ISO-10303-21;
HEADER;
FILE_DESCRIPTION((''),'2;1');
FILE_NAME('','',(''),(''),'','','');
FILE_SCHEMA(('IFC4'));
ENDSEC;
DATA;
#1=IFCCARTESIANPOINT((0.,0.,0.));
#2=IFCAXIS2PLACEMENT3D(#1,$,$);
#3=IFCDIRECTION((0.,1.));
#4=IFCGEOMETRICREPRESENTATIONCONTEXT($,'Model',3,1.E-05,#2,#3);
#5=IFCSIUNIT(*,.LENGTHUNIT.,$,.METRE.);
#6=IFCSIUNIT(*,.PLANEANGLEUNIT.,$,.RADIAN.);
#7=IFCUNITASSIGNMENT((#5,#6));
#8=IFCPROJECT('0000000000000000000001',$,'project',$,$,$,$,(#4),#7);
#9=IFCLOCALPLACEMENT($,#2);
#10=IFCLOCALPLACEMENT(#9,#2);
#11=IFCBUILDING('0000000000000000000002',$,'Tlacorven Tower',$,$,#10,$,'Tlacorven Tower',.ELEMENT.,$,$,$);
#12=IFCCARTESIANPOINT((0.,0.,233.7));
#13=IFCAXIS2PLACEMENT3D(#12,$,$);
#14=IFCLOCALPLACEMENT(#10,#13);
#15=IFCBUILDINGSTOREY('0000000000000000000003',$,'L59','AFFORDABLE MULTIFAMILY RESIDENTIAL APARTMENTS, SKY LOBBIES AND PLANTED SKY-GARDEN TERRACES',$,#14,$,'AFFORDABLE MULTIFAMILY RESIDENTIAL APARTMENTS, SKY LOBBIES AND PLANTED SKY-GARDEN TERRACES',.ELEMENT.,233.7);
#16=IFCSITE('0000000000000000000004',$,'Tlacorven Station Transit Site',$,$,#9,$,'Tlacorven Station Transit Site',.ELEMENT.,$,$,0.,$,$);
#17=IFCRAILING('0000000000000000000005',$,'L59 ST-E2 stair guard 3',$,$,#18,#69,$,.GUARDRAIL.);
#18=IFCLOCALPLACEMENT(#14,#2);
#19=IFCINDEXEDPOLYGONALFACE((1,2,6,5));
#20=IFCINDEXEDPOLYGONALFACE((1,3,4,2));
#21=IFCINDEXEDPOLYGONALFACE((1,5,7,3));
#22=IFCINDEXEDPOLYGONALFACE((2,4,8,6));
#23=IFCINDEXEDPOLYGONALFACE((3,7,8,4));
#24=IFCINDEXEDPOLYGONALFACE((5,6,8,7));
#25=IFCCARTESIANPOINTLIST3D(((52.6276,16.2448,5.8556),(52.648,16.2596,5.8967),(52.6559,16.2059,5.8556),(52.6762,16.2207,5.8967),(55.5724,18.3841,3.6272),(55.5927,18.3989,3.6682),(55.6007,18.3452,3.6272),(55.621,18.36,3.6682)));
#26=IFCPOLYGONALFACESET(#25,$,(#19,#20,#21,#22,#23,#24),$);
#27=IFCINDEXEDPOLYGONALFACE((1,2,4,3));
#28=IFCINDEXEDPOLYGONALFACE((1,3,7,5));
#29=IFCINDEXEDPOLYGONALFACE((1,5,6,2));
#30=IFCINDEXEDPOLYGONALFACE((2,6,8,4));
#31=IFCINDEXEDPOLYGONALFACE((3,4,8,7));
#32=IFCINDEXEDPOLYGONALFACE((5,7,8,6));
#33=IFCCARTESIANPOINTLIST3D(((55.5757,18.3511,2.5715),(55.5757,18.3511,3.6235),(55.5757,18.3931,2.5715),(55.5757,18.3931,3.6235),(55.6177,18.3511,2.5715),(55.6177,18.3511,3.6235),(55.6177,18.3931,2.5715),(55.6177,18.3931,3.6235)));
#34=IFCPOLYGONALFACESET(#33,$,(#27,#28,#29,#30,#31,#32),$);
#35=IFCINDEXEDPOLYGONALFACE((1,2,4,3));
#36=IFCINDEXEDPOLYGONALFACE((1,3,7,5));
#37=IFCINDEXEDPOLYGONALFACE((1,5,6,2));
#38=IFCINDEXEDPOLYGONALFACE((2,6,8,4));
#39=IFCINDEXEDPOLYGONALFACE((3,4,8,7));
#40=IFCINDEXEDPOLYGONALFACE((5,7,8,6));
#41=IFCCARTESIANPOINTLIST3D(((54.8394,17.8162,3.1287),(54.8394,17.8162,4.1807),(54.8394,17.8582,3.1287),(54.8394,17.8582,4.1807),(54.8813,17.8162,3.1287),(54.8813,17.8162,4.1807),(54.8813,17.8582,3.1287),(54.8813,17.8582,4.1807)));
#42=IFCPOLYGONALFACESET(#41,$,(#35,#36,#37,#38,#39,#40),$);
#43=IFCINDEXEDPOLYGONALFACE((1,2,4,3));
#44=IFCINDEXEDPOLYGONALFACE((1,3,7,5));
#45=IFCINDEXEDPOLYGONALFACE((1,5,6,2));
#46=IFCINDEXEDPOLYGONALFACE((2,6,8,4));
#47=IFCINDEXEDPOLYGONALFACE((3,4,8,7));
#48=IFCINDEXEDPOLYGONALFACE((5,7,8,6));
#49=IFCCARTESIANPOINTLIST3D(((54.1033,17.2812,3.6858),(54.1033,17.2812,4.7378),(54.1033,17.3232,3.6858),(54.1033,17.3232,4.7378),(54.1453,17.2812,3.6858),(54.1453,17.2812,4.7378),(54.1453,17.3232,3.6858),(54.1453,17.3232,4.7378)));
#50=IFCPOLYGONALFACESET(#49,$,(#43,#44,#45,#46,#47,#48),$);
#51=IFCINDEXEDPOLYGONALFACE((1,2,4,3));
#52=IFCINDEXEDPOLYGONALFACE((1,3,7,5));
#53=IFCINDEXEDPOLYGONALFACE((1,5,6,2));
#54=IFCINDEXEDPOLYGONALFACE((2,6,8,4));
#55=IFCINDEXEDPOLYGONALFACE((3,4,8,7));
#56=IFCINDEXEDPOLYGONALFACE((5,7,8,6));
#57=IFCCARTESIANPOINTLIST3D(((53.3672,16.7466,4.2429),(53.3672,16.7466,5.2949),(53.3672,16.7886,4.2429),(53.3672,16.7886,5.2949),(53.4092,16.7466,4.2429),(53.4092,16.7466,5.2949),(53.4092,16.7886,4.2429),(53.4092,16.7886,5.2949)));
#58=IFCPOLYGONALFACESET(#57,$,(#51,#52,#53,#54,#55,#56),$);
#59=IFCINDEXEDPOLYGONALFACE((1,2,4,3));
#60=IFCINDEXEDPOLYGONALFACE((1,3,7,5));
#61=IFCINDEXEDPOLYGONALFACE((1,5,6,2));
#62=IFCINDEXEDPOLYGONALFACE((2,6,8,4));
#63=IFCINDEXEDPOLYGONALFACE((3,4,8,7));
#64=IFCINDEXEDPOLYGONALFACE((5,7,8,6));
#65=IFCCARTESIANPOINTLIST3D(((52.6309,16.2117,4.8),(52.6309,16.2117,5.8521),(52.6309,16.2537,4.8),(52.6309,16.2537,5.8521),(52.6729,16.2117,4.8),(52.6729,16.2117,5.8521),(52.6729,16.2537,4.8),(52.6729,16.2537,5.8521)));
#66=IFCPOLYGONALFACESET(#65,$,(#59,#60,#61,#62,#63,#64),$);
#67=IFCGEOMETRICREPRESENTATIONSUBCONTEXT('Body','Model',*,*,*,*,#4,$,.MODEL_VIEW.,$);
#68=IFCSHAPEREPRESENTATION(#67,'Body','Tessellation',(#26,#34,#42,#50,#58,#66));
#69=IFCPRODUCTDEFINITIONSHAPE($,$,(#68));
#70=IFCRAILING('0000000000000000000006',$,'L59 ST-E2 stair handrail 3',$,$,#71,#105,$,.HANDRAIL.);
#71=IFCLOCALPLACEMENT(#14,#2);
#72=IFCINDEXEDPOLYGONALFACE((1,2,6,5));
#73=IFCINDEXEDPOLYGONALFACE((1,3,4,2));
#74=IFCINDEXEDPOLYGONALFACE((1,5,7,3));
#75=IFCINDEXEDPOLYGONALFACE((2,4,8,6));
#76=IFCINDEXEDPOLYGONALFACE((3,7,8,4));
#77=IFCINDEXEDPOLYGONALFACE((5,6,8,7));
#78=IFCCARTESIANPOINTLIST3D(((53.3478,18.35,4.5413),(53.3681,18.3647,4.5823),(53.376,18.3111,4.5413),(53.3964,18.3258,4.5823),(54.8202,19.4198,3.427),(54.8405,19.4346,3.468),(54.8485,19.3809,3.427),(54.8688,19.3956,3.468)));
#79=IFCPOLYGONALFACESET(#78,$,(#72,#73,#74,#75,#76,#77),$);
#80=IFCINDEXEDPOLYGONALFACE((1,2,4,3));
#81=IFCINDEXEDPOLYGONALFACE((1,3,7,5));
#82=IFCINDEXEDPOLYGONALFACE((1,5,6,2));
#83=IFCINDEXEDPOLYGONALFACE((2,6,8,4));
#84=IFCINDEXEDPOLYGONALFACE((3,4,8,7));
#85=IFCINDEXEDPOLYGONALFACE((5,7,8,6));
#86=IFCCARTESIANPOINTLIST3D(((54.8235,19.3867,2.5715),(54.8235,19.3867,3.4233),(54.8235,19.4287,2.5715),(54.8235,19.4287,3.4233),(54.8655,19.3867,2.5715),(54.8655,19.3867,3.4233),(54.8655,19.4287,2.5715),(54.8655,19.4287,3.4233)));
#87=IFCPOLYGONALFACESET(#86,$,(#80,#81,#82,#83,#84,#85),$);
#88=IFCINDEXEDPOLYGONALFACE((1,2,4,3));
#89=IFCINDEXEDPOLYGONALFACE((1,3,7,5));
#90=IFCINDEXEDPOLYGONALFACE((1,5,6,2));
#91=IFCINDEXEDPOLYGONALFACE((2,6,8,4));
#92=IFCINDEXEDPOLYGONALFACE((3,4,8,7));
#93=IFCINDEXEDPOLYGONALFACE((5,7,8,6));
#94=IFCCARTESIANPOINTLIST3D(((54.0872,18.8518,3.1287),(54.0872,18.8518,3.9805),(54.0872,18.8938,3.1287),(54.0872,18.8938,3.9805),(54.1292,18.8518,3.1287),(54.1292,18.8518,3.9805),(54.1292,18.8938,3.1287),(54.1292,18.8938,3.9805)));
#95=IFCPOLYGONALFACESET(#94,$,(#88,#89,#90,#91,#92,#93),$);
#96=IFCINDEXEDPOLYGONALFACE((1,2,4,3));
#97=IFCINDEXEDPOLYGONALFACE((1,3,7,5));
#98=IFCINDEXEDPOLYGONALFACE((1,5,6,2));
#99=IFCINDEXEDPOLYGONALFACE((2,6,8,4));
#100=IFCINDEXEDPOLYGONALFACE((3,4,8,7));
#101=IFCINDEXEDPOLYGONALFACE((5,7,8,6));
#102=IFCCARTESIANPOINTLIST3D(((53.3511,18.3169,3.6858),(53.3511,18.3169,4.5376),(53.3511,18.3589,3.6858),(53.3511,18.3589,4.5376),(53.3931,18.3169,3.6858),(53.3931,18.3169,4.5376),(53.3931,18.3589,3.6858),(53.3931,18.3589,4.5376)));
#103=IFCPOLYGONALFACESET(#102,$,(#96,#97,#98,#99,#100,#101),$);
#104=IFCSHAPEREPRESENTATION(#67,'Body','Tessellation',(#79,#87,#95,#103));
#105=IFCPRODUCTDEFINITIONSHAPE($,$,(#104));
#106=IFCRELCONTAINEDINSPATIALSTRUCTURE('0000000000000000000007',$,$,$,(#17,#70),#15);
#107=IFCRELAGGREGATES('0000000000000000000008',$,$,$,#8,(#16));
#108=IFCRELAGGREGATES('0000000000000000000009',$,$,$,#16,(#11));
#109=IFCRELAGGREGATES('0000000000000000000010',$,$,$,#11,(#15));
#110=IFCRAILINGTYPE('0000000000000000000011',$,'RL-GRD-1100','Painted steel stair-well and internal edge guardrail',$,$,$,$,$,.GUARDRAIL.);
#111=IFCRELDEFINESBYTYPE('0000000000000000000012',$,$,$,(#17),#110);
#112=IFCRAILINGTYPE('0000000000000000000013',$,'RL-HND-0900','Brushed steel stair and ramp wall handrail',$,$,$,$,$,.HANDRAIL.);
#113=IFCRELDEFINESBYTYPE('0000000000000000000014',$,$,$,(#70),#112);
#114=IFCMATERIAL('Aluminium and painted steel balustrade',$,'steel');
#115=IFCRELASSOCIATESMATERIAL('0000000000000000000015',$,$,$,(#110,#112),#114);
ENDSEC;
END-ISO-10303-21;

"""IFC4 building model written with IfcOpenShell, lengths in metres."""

from ifc_helpers import new_model, si_unit, direction, frame, origin, origin_2d, place, context, subcontext, project, spatial, rectangle, extrude, source, transform, mapped, material, type_object, element, save


model = new_model("IFC4")

# Units and contexts
model_context = context("Model", 3, precision=1e-05, world=origin(), true_north=direction((0.0, 1.0)))
body_context = subcontext(model_context, "Body", "Model", "MODEL_VIEW")
ifc_project = project(units=[si_unit("LENGTHUNIT", "METRE"), si_unit("PLANEANGLEUNIT", "RADIAN")], contexts=[model_context])

# Site, building, storey
site_placement = place(None, origin())
site = spatial("IfcSite", under=ifc_project, at=site_placement, Name="Tlacorven Station Transit Site", LongName="Tlacorven Station Transit Site", CompositionType="ELEMENT", RefElevation=0.0)
building_placement = place(site_placement, origin())
building = spatial("IfcBuilding", under=site, at=building_placement, Name="Tlacorven Tower", LongName="Tlacorven Tower", CompositionType="ELEMENT")
storey_placement = place(building_placement, frame((0.0, 0.0, 233.7)))
storey = spatial("IfcBuildingStorey", under=building, at=storey_placement, Name="L59", Description="AFFORDABLE MULTIFAMILY RESIDENTIAL APARTMENTS, SKY LOBBIES AND PLANTED SKY-GARDEN TERRACES", LongName="AFFORDABLE MULTIFAMILY RESIDENTIAL APARTMENTS, SKY LOBBIES AND PLANTED SKY-GARDEN TERRACES", CompositionType="ELEMENT", Elevation=233.7)

# Railings
ifc_material_1 = material(Name="Aluminium and painted steel balustrade", Category="steel")
railing_type_1 = type_object("IfcRailingType", Name="RL-GRD-1100", Description="Painted steel stair-well and internal edge guardrail", PredefinedType="GUARDRAIL", material=ifc_material_1)
shared_shape_1 = source(origin(), body_context, "Body", "SweptSolid", [
    extrude(rectangle(XDim=0.0481, YDim=0.0481, at=origin_2d()), frame((0.0, 0.0, 1.0762), z_axis=(-0.689987, -0.501273, 0.522152), x_axis=(0.587761, -0.809035, 0.0)), (0.0, 0.0, 1.0), 4.2678),
    extrude(rectangle(XDim=0.042, YDim=0.042, at=origin_2d()), origin(), (0.0, 0.0, 1.0), 1.052),
    extrude(rectangle(XDim=0.042, YDim=0.042, at=origin_2d()), frame((-0.7363, -0.5349, 0.5571)), (0.0, 0.0, 1.0), 1.052),
    extrude(rectangle(XDim=0.042, YDim=0.042, at=origin_2d()), frame((-1.4724, -1.0698, 1.1143)), (0.0, 0.0, 1.0), 1.052),
    extrude(rectangle(XDim=0.042, YDim=0.042, at=origin_2d()), frame((-2.2085, -1.6045, 1.6714)), (0.0, 0.0, 1.0), 1.052),
    extrude(rectangle(XDim=0.042, YDim=0.042, at=origin_2d()), frame((-2.9448, -2.1394, 2.2285)), (0.0, 0.0, 1.0), 1.052),
])
railing_1_placement = place(storey_placement, frame((55.5967, 18.3721, 2.5715)))
element("IfcRailing", 1, at=railing_1_placement, inside=storey, type_object=railing_type_1, Name="L59 ST-E2 stair guard 3", PredefinedType="GUARDRAIL", context=body_context, shape_type="MappedRepresentation", body=[
    mapped(shared_shape_1, transform((0.0, 0.0, 0.0), scale=1.0)),
])
railing_type_2 = type_object("IfcRailingType", Name="RL-HND-0900", Description="Brushed steel stair and ramp wall handrail", PredefinedType="HANDRAIL", material=ifc_material_1)
shared_shape_2 = source(origin(), body_context, "Body", "SweptSolid", [
    extrude(rectangle(XDim=0.0481, YDim=0.0481, at=origin_2d()), frame((0.0, 0.0, 0.876), z_axis=(-0.689967, -0.501316, 0.522137), x_axis=(0.587805, -0.809003, 0.0)), (0.0, 0.0, 1.0), 2.134),
    extrude(rectangle(XDim=0.042, YDim=0.042, at=origin_2d()), origin(), (0.0, 0.0, 1.0), 0.8518),
    extrude(rectangle(XDim=0.042, YDim=0.042, at=origin_2d()), frame((-0.7363, -0.5349, 0.5571)), (0.0, 0.0, 1.0), 0.8518),
    extrude(rectangle(XDim=0.042, YDim=0.042, at=origin_2d()), frame((-1.4724, -1.0698, 1.1143)), (0.0, 0.0, 1.0), 0.8518),
])
railing_2_placement = place(storey_placement, frame((54.8445, 19.4077, 2.5715)))
element("IfcRailing", 2, at=railing_2_placement, inside=storey, type_object=railing_type_2, Name="L59 ST-E2 stair handrail 3", PredefinedType="HANDRAIL", context=body_context, shape_type="MappedRepresentation", body=[
    mapped(shared_shape_2, transform((0.0, 0.0, 0.0), scale=1.0)),
])

save(model, "model.ifc")
